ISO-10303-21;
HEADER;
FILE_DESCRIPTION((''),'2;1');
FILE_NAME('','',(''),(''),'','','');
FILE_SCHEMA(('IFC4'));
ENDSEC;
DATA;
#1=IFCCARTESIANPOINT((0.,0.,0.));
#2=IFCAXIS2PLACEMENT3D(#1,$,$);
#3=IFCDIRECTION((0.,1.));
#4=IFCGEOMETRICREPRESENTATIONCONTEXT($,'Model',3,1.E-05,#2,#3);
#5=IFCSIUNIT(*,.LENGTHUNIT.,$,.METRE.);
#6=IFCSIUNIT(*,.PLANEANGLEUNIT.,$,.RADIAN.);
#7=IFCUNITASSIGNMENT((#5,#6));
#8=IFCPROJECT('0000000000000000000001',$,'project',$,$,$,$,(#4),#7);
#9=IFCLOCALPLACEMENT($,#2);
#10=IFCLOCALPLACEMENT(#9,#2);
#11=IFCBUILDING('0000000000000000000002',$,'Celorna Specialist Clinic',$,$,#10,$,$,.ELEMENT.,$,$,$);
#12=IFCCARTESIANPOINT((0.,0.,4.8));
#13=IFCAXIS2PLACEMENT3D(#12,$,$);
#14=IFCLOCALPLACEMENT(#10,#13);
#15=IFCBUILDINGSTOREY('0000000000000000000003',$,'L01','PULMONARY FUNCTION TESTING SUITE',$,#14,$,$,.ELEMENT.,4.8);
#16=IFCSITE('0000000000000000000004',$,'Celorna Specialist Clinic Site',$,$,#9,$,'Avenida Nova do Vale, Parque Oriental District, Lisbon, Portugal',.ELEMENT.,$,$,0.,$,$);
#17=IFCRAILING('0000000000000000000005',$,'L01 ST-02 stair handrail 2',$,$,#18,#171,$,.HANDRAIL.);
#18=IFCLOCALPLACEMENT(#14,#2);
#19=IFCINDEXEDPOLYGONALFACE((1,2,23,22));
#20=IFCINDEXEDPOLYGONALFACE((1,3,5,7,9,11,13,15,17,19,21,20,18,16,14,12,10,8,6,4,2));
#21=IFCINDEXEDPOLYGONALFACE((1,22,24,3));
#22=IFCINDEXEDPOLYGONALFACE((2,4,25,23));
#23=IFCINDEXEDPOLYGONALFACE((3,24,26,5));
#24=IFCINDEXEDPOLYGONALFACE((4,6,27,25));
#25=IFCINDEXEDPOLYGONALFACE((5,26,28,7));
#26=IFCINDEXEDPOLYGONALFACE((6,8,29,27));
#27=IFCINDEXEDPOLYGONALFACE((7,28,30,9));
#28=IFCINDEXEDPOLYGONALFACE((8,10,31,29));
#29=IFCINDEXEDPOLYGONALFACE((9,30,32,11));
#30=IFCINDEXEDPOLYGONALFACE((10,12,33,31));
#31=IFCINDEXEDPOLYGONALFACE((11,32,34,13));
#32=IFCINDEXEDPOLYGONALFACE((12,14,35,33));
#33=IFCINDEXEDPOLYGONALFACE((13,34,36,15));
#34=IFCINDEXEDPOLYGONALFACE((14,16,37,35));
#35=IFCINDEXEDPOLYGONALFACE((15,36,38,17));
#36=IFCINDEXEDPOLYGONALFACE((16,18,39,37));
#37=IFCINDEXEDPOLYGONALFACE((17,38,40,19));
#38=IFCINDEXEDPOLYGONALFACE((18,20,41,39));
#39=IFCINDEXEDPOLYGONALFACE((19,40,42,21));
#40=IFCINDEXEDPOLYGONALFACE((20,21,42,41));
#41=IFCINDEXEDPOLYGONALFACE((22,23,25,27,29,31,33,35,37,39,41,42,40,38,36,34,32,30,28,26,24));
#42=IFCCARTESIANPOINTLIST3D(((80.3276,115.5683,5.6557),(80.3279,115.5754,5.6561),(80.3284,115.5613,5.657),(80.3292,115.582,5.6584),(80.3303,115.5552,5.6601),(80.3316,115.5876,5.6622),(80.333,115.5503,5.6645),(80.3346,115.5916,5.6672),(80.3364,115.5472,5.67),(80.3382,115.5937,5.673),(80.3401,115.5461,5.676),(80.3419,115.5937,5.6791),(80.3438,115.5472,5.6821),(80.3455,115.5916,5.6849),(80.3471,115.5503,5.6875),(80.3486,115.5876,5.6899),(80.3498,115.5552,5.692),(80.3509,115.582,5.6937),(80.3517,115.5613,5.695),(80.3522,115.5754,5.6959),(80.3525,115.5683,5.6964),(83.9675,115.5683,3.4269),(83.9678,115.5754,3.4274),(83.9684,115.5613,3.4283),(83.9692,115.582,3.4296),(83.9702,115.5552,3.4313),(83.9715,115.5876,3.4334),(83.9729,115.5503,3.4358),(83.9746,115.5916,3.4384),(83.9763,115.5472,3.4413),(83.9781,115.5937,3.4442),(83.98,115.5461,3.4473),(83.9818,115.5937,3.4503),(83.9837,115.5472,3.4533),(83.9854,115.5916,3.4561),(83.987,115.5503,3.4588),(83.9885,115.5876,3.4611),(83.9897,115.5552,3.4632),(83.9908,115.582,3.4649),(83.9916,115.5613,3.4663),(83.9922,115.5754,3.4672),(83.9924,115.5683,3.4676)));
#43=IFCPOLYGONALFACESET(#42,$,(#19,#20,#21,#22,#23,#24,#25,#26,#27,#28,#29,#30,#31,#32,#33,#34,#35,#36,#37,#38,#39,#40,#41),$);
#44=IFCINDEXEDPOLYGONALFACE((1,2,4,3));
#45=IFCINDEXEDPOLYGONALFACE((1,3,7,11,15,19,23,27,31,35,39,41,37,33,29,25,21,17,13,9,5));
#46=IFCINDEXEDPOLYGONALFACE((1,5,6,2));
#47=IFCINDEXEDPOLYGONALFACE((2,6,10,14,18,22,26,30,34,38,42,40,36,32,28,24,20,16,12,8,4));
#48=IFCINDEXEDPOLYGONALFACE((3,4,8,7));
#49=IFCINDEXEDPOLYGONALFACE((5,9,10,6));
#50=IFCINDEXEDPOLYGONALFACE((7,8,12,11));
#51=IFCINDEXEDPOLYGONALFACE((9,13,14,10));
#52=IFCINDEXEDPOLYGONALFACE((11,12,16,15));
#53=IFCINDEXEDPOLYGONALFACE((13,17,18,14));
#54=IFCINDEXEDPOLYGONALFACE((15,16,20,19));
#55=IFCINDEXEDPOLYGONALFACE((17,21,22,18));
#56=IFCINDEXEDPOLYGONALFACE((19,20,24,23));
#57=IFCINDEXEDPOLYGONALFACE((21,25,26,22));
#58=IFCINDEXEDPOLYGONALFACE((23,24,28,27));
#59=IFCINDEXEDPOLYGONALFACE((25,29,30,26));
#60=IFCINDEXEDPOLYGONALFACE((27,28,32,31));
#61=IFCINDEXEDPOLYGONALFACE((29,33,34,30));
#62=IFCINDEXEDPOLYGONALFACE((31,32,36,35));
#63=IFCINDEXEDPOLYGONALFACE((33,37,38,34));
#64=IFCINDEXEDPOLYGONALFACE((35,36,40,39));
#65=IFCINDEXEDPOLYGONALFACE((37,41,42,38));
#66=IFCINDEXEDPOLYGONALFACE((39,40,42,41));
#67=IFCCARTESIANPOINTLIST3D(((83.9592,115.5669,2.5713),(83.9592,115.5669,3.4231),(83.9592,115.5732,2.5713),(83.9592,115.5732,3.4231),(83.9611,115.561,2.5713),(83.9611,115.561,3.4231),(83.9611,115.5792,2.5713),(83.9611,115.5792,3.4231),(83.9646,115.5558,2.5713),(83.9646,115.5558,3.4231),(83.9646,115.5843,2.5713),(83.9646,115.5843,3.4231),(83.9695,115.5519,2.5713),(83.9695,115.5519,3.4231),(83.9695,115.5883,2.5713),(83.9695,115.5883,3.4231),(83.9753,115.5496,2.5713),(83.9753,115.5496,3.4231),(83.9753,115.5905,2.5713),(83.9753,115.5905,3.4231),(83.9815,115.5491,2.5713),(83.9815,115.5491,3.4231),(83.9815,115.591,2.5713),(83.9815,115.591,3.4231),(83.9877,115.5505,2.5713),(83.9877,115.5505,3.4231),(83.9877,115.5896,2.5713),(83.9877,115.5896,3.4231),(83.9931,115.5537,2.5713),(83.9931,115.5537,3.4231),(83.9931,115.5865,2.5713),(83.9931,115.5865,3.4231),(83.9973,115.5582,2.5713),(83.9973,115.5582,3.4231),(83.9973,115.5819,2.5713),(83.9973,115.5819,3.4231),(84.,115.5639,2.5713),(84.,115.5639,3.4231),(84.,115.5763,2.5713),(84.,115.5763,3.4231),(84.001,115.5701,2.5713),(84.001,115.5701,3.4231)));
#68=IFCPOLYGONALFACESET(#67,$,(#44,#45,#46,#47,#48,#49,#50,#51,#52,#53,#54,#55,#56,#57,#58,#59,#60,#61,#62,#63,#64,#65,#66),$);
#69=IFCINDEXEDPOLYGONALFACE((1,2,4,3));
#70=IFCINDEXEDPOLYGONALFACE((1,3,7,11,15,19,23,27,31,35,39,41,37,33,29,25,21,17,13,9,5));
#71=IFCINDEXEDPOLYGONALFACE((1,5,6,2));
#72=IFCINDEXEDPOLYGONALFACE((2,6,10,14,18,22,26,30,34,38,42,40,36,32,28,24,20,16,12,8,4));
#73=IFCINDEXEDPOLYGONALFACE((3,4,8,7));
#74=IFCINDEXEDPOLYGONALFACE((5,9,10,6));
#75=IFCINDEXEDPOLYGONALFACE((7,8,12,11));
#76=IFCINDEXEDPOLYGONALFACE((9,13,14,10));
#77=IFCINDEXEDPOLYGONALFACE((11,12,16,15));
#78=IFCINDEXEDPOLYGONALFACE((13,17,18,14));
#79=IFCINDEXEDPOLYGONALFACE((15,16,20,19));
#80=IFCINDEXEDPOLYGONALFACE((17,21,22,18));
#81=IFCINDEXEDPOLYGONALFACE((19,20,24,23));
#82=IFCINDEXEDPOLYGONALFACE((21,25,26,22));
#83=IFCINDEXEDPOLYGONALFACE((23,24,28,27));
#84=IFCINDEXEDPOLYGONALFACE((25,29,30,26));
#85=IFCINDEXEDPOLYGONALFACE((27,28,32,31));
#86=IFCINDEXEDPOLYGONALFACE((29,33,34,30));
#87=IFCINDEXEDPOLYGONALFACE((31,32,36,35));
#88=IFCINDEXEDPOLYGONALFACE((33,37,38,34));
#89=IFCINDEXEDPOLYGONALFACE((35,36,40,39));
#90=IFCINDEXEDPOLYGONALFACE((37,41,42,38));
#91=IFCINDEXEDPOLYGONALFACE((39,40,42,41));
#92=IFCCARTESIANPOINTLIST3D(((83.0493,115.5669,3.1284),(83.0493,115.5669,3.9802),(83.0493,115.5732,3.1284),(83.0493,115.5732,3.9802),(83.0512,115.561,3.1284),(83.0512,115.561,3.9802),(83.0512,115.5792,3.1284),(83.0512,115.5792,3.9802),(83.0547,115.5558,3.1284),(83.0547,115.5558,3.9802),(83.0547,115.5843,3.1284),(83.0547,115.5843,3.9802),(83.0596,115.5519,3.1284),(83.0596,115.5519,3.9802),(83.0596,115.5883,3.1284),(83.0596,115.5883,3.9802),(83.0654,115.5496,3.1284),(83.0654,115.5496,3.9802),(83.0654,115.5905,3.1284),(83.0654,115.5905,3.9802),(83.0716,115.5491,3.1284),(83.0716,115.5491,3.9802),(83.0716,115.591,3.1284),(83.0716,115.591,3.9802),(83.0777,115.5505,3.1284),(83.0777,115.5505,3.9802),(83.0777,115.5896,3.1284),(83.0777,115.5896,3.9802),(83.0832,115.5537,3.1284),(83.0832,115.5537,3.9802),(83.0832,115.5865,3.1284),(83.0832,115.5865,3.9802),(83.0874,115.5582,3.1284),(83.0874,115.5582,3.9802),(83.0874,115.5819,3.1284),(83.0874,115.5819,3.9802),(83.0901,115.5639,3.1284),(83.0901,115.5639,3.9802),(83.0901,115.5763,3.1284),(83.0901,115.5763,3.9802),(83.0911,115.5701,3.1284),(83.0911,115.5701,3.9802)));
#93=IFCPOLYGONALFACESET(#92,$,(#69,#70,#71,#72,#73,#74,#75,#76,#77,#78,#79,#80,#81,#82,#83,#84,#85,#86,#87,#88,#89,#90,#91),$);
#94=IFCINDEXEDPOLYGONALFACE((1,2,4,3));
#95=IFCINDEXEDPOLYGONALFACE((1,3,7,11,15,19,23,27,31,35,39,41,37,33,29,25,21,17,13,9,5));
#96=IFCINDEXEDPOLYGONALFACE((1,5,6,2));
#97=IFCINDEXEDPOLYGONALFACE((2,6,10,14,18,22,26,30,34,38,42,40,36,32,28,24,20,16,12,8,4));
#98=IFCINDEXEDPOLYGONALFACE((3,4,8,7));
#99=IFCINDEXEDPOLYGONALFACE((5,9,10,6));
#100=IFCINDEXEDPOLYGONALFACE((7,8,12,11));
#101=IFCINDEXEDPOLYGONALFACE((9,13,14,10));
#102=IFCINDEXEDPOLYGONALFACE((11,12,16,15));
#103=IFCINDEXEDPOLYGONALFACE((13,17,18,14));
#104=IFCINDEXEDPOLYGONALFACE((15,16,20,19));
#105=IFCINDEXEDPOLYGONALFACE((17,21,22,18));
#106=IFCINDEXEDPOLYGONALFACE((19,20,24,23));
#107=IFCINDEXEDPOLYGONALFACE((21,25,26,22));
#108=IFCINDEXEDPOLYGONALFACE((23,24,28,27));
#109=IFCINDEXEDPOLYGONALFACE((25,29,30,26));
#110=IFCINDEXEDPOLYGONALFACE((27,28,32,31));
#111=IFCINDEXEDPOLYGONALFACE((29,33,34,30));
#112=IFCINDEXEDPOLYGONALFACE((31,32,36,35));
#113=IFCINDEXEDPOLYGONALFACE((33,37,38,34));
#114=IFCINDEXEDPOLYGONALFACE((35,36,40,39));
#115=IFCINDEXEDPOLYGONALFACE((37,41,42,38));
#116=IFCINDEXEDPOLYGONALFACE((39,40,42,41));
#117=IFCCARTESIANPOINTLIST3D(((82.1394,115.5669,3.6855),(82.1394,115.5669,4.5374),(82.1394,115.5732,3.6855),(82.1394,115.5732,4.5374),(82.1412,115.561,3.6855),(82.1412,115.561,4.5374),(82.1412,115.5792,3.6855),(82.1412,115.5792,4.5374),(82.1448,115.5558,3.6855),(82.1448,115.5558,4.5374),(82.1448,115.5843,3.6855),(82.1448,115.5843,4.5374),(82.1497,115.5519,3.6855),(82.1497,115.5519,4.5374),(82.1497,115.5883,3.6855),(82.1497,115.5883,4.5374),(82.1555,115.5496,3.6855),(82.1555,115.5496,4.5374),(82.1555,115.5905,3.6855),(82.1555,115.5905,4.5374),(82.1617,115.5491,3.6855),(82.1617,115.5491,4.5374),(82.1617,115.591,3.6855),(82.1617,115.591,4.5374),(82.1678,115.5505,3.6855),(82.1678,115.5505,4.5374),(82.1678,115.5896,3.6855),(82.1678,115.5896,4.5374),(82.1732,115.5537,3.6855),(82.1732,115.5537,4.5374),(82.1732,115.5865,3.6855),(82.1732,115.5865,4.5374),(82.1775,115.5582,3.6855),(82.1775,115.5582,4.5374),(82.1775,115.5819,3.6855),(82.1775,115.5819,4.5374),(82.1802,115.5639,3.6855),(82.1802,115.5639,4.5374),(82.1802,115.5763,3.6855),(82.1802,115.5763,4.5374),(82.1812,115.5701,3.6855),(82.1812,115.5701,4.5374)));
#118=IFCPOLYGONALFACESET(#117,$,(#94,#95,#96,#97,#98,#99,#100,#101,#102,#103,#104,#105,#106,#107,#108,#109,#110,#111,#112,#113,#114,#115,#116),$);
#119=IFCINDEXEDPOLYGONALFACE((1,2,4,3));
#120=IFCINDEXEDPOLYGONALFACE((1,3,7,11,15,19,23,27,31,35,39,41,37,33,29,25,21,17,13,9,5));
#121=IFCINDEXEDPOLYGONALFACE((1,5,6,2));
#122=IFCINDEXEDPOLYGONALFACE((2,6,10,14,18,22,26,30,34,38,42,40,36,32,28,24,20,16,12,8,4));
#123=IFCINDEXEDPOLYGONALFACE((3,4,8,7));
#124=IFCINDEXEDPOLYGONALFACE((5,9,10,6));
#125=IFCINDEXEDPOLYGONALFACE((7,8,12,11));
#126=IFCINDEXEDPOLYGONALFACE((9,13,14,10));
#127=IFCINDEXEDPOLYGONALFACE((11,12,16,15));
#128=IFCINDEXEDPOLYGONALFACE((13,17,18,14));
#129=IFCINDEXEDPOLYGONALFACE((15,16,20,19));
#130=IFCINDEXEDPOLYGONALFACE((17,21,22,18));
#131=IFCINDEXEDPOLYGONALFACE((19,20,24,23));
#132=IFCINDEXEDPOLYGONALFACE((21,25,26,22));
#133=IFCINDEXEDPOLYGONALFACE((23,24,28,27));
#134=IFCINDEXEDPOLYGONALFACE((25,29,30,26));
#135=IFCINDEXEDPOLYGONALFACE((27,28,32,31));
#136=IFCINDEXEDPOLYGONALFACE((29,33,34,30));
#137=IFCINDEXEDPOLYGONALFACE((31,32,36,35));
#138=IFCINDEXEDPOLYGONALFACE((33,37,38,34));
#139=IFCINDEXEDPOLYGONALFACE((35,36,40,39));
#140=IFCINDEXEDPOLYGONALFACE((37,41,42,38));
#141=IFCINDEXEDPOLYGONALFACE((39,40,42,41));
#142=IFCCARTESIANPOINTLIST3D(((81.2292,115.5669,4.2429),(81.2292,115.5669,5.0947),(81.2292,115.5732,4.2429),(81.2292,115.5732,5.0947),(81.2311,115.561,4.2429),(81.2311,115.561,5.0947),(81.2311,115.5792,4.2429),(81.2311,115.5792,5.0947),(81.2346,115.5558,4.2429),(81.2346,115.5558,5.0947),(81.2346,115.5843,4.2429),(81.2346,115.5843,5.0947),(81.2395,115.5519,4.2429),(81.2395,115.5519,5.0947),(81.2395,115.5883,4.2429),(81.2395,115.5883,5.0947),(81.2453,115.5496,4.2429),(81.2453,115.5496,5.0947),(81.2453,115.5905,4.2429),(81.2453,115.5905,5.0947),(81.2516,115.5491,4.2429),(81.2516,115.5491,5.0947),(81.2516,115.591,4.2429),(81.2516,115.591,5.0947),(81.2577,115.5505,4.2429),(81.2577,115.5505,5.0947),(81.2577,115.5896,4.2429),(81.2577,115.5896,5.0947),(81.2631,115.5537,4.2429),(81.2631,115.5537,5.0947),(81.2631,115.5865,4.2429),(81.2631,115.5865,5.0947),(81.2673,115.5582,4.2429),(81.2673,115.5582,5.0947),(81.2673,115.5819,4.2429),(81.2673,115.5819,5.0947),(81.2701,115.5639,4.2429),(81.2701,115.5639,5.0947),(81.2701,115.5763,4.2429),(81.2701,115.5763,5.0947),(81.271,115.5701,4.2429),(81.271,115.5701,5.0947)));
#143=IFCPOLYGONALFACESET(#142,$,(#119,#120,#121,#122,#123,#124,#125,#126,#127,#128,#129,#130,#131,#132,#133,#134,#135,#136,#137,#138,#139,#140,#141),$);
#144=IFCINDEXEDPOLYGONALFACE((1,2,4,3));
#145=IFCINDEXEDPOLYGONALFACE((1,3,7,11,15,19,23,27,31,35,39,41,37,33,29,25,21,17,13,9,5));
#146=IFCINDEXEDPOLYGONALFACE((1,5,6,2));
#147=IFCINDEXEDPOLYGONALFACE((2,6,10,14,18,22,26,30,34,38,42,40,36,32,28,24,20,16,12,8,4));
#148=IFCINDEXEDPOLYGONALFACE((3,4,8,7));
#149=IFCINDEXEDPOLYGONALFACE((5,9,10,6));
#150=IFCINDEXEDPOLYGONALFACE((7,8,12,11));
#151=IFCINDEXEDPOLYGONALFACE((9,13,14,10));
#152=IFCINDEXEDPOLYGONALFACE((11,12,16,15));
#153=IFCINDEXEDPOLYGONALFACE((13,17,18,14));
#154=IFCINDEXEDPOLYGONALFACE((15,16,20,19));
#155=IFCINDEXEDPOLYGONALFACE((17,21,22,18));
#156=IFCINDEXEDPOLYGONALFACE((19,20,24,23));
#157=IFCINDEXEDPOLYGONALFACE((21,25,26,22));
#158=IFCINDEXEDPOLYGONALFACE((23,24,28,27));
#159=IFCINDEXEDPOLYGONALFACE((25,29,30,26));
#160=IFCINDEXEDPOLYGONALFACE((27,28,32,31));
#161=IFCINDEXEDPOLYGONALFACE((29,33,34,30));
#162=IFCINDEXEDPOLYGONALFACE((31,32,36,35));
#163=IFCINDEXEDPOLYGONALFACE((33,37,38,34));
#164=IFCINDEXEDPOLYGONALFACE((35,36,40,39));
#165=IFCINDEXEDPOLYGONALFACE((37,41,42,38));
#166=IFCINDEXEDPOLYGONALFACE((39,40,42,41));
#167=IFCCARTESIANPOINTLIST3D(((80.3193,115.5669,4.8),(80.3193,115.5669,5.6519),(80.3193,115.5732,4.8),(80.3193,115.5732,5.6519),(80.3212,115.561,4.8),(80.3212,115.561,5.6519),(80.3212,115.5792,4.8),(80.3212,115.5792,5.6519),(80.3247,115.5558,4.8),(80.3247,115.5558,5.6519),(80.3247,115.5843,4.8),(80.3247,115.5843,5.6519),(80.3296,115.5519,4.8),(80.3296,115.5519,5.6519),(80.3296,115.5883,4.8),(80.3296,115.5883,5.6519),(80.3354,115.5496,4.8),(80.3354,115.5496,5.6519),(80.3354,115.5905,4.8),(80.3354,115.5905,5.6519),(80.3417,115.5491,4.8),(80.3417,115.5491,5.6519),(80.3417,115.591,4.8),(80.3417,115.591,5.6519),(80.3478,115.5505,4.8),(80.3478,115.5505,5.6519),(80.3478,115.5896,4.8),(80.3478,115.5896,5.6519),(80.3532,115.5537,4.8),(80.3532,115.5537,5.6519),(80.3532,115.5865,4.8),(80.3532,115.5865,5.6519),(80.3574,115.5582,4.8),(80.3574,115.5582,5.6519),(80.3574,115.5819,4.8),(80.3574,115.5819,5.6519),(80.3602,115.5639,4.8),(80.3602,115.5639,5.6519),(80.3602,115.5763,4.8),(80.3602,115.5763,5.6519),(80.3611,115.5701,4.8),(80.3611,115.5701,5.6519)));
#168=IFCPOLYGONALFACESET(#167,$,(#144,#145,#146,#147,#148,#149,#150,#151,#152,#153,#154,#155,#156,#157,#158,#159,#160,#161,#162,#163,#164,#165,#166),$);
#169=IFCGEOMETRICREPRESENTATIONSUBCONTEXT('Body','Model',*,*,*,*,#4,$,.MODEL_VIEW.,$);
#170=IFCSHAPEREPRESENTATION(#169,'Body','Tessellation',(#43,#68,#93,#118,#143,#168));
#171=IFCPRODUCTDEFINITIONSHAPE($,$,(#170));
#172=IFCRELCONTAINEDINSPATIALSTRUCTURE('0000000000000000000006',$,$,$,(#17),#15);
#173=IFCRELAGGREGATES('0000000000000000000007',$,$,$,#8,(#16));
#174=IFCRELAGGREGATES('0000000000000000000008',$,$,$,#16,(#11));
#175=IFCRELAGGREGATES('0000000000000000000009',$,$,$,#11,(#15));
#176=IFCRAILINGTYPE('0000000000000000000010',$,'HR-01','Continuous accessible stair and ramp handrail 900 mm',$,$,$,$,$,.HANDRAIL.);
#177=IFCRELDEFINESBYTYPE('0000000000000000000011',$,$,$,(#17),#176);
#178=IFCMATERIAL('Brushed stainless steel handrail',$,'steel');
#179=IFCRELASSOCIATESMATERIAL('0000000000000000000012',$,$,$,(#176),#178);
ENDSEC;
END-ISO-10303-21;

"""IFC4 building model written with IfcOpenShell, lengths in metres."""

from ifc_helpers import new_model, si_unit, direction, frame, origin, origin_2d, place, context, subcontext, project, spatial, circle, extrude, material, type_object, element, save


model = new_model("IFC4")

# Units and contexts
model_context = context("Model", 3, precision=1e-05, world=origin(), true_north=direction((0.0, 1.0)))
body_context = subcontext(model_context, "Body", "Model", "MODEL_VIEW")
ifc_project = project(units=[si_unit("LENGTHUNIT", "METRE"), si_unit("PLANEANGLEUNIT", "RADIAN")], contexts=[model_context])

# Site, building, storey
site_placement = place(None, origin())
site = spatial("IfcSite", under=ifc_project, at=site_placement, Name="Celorna Specialist Clinic Site", LongName="Avenida Nova do Vale, Parque Oriental District, Lisbon, Portugal", CompositionType="ELEMENT", RefElevation=0.0)
building_placement = place(site_placement, origin())
building = spatial("IfcBuilding", under=site, at=building_placement, Name="Celorna Specialist Clinic", CompositionType="ELEMENT")
storey_placement = place(building_placement, frame((0.0, 0.0, 4.8)))
storey = spatial("IfcBuildingStorey", under=building, at=storey_placement, Name="L01", Description="PULMONARY FUNCTION TESTING SUITE", CompositionType="ELEMENT", Elevation=4.8)

# Railing
ifc_material_1 = material(Name="Brushed stainless steel handrail", Category="steel")
railing_type_1 = type_object("IfcRailingType", Name="HR-01", Description="Continuous accessible stair and ramp handrail 900 mm", PredefinedType="HANDRAIL", material=ifc_material_1)
railing_1_placement = place(storey_placement, frame((83.98, 115.5701, 2.5713)))
element("IfcRailing", 1, at=railing_1_placement, inside=storey, type_object=railing_type_1, Name="L01 ST-02 stair handrail 2", PredefinedType="HANDRAIL", context=body_context, shape_type="SweptSolid", body=[
    extrude(circle(Radius=0.0239, at=origin_2d()), frame((0.0, 0.0, 0.876), z_axis=(-0.852825, 0.0, 0.522197), x_axis=(0.0, -1.0, 0.0)), (0.0, 0.0, 1.0), 4.2681),
    extrude(circle(Radius=0.021, at=origin_2d()), origin(), (0.0, 0.0, 1.0), 0.8518),
    extrude(circle(Radius=0.021, at=origin_2d()), frame((-0.9099, 0.0, 0.5571)), (0.0, 0.0, 1.0), 0.8518),
    extrude(circle(Radius=0.021, at=origin_2d()), frame((-1.8198, 0.0, 1.1143)), (0.0, 0.0, 1.0), 0.8518),
    extrude(circle(Radius=0.021, at=origin_2d()), frame((-2.73, 0.0, 1.6716)), (0.0, 0.0, 1.0), 0.8518),
    extrude(circle(Radius=0.021, at=origin_2d()), frame((-3.6399, 0.0, 2.2288)), (0.0, 0.0, 1.0), 0.8518),
])

save(model, "model.ifc")
